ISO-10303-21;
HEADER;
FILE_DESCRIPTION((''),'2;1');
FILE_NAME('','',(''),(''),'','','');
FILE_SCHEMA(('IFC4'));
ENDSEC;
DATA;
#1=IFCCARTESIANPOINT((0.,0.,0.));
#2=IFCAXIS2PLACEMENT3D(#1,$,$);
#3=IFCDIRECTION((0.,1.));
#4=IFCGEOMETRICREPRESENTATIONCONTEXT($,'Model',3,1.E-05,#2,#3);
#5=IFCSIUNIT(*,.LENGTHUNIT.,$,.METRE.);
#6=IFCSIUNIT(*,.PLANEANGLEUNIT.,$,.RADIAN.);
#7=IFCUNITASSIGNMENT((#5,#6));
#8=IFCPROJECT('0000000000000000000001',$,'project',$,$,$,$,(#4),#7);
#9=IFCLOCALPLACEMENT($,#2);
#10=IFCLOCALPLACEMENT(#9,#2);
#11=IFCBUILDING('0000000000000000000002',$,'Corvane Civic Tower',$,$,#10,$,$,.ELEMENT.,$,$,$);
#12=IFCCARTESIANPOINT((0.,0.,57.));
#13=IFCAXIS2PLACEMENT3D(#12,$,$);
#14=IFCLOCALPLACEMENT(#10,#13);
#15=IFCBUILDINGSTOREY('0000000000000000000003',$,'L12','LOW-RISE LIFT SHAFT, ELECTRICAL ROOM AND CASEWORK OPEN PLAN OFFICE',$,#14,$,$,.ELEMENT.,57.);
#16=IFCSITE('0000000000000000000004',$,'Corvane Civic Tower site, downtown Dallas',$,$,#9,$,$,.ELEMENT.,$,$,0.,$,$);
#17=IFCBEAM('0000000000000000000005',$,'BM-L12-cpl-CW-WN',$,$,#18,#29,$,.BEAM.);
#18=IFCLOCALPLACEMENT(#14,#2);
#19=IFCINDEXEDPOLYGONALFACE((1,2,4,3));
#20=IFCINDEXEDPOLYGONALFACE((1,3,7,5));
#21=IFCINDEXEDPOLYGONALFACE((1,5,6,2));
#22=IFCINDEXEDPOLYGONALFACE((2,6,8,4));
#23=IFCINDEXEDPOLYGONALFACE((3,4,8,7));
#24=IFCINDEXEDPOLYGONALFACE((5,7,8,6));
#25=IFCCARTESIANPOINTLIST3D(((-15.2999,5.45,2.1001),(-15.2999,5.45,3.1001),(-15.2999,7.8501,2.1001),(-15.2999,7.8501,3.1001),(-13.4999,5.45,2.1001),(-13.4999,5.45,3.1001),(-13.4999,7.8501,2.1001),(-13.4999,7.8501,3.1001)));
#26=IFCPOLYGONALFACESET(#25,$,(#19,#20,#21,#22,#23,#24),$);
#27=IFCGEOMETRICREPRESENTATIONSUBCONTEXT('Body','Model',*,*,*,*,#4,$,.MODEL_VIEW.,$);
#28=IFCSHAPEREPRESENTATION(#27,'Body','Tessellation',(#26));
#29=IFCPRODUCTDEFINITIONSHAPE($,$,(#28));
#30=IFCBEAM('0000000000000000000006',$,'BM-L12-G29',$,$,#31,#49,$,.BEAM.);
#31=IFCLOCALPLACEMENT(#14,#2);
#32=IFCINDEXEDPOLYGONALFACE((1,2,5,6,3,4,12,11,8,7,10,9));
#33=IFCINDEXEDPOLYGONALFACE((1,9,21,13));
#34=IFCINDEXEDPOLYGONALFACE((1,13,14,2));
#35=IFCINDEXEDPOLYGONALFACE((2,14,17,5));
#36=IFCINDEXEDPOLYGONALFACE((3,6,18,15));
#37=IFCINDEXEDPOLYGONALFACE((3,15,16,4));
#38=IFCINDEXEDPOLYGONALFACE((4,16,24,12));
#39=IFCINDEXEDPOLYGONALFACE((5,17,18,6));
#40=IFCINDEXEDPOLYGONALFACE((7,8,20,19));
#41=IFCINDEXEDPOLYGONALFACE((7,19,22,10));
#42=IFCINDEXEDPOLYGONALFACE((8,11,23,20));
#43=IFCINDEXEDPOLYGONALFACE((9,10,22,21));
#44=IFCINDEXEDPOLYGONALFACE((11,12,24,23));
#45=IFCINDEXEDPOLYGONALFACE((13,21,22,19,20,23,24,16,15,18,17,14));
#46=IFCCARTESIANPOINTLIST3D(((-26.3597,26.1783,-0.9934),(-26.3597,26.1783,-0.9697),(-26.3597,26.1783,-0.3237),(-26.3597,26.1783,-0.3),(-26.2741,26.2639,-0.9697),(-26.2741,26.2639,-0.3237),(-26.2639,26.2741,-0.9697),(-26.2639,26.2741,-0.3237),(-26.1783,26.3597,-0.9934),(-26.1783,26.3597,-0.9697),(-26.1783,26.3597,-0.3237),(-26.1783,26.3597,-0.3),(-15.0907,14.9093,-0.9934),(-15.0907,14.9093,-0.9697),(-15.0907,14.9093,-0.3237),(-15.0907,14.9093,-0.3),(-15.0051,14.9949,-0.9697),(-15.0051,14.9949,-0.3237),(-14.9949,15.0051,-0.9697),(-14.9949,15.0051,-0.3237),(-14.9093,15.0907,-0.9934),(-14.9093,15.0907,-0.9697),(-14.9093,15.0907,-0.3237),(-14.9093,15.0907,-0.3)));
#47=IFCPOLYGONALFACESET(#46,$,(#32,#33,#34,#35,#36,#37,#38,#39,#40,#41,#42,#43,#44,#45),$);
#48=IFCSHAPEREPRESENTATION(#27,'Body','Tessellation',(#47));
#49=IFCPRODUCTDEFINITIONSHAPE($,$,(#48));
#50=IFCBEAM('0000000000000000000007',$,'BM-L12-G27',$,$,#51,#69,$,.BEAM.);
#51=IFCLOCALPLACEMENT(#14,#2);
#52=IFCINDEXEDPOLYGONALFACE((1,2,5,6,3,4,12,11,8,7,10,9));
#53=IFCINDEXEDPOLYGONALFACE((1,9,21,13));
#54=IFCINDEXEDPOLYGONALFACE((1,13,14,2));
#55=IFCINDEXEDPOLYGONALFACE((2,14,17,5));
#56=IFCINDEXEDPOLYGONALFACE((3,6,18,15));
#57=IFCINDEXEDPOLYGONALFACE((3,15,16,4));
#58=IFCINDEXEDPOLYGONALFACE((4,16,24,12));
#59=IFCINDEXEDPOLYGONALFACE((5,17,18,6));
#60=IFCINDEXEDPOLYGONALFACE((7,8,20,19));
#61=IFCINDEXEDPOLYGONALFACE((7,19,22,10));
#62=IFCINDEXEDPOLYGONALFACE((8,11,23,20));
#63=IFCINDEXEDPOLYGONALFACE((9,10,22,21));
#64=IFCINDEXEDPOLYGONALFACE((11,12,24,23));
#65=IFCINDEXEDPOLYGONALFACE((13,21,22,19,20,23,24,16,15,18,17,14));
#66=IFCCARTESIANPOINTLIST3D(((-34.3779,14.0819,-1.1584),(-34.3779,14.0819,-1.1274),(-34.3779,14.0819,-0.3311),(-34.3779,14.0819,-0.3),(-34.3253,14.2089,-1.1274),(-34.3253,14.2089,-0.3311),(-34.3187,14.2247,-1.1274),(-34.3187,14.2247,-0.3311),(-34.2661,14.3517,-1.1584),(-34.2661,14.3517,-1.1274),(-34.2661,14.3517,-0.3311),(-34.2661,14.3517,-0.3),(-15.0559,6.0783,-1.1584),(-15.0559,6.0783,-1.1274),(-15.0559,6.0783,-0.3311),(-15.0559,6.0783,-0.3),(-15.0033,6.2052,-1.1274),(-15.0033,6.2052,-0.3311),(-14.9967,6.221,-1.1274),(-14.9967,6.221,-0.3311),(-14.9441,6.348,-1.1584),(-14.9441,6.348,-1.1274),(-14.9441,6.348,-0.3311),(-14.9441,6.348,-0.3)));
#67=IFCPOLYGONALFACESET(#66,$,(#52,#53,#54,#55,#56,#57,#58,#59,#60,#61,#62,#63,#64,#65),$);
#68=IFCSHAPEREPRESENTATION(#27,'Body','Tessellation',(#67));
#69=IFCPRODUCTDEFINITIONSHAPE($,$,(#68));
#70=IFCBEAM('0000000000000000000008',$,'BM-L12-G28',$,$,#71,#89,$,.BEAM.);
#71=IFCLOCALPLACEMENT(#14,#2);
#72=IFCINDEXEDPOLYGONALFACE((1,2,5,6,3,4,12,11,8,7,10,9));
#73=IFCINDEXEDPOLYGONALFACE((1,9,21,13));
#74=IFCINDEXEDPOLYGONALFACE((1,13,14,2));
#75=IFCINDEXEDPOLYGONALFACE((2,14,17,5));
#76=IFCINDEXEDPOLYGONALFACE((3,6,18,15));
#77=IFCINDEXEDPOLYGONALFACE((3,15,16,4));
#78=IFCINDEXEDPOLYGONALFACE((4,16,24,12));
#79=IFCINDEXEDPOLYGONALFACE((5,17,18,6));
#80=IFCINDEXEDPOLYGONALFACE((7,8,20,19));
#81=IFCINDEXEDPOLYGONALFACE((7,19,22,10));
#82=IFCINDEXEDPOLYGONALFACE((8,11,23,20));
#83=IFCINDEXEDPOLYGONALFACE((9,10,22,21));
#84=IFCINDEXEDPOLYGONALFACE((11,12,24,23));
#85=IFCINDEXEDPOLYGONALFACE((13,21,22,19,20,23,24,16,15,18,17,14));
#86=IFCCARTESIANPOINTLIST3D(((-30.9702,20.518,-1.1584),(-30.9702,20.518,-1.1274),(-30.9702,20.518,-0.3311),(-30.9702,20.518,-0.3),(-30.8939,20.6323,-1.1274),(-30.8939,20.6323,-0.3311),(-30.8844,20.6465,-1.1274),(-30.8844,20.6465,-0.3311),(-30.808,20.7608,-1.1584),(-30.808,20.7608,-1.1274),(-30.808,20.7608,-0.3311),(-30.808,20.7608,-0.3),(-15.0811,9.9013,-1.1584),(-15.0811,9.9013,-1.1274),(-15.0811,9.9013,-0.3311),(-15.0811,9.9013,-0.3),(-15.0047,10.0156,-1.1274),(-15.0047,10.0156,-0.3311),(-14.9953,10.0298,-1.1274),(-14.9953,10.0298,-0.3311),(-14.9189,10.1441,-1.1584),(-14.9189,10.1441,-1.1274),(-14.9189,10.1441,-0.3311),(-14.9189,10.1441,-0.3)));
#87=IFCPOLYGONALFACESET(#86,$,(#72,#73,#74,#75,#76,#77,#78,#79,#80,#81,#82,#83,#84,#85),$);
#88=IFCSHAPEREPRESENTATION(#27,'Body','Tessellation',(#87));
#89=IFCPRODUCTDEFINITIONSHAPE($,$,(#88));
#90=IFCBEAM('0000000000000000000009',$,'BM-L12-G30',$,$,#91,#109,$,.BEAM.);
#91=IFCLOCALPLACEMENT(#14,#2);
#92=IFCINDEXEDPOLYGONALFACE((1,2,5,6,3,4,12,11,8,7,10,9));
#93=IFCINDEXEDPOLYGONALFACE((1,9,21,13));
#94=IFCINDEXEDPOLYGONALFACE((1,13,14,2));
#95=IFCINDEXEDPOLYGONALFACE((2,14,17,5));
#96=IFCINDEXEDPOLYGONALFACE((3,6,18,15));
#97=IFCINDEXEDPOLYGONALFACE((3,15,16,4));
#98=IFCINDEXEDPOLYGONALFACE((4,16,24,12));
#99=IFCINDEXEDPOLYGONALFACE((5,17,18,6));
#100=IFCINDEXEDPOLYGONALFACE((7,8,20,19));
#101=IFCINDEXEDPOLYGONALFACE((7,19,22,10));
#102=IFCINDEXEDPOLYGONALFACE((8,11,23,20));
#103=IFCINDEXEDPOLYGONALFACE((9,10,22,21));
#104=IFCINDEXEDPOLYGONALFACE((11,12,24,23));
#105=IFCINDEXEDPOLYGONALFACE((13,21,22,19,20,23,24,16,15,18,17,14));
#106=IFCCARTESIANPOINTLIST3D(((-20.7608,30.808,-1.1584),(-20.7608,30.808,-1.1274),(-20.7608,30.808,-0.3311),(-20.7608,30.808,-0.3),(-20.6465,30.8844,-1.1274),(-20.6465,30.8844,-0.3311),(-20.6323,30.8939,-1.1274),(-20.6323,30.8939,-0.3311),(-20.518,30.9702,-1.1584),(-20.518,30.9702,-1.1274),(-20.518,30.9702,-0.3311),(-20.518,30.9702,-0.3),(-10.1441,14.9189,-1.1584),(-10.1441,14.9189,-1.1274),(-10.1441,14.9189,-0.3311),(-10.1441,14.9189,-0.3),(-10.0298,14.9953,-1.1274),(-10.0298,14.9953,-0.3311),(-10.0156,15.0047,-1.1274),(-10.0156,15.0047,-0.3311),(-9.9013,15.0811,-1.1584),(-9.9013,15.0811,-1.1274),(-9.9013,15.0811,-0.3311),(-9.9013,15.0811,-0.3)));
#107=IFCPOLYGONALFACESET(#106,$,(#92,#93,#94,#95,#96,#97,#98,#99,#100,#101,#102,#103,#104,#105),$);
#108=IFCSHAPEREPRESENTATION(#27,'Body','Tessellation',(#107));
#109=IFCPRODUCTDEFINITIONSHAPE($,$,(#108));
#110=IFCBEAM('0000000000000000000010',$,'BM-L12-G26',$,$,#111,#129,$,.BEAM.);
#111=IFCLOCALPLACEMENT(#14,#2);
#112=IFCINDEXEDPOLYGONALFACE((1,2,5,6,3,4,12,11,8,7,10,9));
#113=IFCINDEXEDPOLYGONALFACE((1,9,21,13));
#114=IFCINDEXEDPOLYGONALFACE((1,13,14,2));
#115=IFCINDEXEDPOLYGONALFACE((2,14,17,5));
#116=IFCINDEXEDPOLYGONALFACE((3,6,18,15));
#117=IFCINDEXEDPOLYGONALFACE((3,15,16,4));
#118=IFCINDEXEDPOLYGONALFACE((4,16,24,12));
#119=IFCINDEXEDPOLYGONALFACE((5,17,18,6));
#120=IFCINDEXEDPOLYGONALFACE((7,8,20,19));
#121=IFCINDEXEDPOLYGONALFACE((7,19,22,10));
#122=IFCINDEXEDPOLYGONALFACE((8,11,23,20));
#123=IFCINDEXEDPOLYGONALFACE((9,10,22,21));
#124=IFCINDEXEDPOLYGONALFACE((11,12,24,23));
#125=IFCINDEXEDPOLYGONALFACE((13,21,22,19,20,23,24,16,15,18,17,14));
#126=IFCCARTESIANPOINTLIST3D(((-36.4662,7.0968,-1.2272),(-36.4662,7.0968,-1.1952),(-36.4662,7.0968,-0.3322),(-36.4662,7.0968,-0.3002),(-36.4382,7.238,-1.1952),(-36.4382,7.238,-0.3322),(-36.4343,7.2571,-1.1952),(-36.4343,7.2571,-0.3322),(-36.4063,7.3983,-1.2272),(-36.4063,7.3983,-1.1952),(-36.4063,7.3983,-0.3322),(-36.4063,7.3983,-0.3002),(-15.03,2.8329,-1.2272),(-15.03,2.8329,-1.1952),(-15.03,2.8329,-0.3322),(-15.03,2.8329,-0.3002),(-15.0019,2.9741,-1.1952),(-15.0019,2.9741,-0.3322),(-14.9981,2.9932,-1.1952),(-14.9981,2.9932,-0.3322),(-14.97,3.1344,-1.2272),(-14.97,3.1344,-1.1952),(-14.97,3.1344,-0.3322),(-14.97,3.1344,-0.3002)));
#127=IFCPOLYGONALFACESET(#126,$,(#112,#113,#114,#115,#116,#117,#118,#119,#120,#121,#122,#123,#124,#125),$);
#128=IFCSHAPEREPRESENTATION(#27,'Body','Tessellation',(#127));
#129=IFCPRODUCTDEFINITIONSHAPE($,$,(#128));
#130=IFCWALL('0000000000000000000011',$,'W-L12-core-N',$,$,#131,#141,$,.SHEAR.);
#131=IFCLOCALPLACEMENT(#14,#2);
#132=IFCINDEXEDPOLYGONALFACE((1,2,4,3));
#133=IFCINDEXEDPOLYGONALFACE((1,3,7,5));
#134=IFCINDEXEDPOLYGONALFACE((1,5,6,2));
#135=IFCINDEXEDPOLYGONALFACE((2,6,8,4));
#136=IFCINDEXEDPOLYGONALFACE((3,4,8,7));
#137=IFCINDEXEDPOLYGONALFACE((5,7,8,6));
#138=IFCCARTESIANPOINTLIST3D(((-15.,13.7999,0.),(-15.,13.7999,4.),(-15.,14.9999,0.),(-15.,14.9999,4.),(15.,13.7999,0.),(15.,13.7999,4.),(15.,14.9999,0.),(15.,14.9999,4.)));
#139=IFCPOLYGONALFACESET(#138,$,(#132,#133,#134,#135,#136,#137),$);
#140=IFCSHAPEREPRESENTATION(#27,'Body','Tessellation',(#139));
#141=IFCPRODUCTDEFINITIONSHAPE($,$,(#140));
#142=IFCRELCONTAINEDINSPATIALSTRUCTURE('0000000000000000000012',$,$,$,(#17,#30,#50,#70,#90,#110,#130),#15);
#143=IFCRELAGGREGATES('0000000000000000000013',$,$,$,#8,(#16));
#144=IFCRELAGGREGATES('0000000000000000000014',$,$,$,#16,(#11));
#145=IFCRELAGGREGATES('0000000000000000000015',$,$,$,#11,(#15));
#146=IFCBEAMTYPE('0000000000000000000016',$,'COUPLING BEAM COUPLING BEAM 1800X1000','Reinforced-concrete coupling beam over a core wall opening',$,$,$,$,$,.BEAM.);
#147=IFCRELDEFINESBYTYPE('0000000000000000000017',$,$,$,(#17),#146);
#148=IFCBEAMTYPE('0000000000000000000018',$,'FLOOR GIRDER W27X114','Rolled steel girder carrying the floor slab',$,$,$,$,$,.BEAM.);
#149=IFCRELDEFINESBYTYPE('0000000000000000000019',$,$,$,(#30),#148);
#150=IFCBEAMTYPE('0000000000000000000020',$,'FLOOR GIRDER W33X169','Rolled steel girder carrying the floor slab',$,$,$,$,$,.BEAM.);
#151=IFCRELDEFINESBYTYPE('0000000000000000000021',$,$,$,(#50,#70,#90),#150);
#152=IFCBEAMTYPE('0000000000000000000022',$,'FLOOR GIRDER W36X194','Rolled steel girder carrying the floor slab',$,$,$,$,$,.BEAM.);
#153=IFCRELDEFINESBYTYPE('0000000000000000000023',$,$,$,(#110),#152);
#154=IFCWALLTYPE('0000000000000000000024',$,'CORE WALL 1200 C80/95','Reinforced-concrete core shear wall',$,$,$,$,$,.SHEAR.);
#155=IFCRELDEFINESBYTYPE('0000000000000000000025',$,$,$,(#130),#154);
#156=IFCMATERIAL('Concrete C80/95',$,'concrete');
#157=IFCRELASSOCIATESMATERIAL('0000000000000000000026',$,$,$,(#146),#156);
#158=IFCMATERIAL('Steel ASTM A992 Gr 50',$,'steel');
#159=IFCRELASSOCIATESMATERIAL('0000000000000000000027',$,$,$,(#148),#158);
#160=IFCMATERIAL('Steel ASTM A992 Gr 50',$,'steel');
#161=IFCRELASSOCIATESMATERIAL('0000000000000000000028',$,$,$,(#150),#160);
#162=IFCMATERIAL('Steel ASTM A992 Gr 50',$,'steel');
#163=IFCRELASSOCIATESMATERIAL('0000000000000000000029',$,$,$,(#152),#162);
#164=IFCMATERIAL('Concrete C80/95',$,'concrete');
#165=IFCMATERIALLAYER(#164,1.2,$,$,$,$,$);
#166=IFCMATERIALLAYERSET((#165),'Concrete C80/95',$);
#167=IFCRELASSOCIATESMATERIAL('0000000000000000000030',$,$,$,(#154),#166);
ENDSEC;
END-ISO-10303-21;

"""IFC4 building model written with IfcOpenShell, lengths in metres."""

from ifc_helpers import new_model, si_unit, direction, frame, frame_2d, origin, origin_2d, place, context, subcontext, project, spatial, rectangle, i_section, extrude, material, layer, layer_set, material_profile, profile_set, type_object, element, save


model = new_model("IFC4")

# Units and contexts
model_context = context("Model", 3, precision=1e-05, world=origin(), true_north=direction((0.0, 1.0)))
body_context = subcontext(model_context, "Body", "Model", "MODEL_VIEW")
ifc_project = project(units=[si_unit("LENGTHUNIT", "METRE"), si_unit("PLANEANGLEUNIT", "RADIAN")], contexts=[model_context])

# Site, building, storey
site_placement = place(None, origin())
site = spatial("IfcSite", under=ifc_project, at=site_placement, Name="Corvane Civic Tower site, downtown Dallas", CompositionType="ELEMENT", RefElevation=0.0)
building_placement = place(site_placement, origin())
building = spatial("IfcBuilding", under=site, at=building_placement, Name="Corvane Civic Tower", CompositionType="ELEMENT")
storey_placement = place(building_placement, frame((0.0, 0.0, 57.0)))
storey = spatial("IfcBuildingStorey", under=building, at=storey_placement, Name="L12", Description="LOW-RISE LIFT SHAFT, ELECTRICAL ROOM AND CASEWORK OPEN PLAN OFFICE", CompositionType="ELEMENT", Elevation=57.0)

# Beams
ifc_material_1 = material(Name="Concrete C80/95", Category="concrete")
ifc_material_profile_1 = material_profile(ifc_material_1, rectangle(XDim=1.8, YDim=1.0, at=origin_2d()), Name="COUPLING BEAM 1800X1000")
ifc_profile_set_1 = profile_set([ifc_material_profile_1], Name="Concrete C80/95")
beam_type_1 = type_object("IfcBeamType", Name="COUPLING BEAM COUPLING BEAM 1800X1000", Description="Reinforced-concrete coupling beam over a core wall opening", PredefinedType="BEAM", material=ifc_profile_set_1)
beam_1_placement = place(storey_placement, frame((-14.3999, 5.45, 2.6001), z_axis=(0.0, 1.0, 0.0), x_axis=(-1.0, 0.0, 0.0)))
element("IfcBeam", 1, at=beam_1_placement, inside=storey, type_object=beam_type_1, Name="BM-L12-cpl-CW-WN", PredefinedType="BEAM", context=body_context, shape_type="SweptSolid", body=[
    extrude(rectangle(XDim=1.8, YDim=1.0, at=origin_2d()), origin(), (0.0, 0.0, 1.0), 2.4001),
])
ifc_material_2 = material(Name="Steel ASTM A992 Gr 50", Category="steel")
ifc_material_profile_2 = material_profile(ifc_material_2, i_section(OverallWidth=0.2566, OverallDepth=0.6934, WebThickness=0.0144, FlangeThickness=0.0237, at=origin_2d()), Name="W27X114")
ifc_profile_set_2 = profile_set([ifc_material_profile_2], Name="Steel ASTM A992 Gr 50")
beam_type_2 = type_object("IfcBeamType", Name="FLOOR GIRDER W27X114", Description="Rolled steel girder carrying the floor slab", PredefinedType="BEAM", material=ifc_profile_set_2)
beam_2_placement = place(storey_placement, frame((-15.0, 15.0, -0.6467), z_axis=(-0.707107, 0.707107, 0.0), x_axis=(-0.707107, -0.707107, 0.0)))
element("IfcBeam", 2, at=beam_2_placement, inside=storey, type_object=beam_type_2, Name="BM-L12-G29", PredefinedType="BEAM", context=body_context, shape_type="SweptSolid", body=[
    extrude(i_section(OverallWidth=0.2566, OverallDepth=0.6934, WebThickness=0.0144, FlangeThickness=0.0237, at=origin_2d()), origin(), (0.0, 0.0, 1.0), 15.9368),
])
ifc_material_3 = material(Name="Steel ASTM A992 Gr 50", Category="steel")
ifc_material_profile_3 = material_profile(ifc_material_3, i_section(OverallWidth=0.292, OverallDepth=0.8584, WebThickness=0.0171, FlangeThickness=0.031, at=origin_2d()), Name="W33X169")
ifc_profile_set_3 = profile_set([ifc_material_profile_3], Name="Steel ASTM A992 Gr 50")
beam_type_3 = type_object("IfcBeamType", Name="FLOOR GIRDER W33X169", Description="Rolled steel girder carrying the floor slab", PredefinedType="BEAM", material=ifc_profile_set_3)
beam_3_placement = place(storey_placement, frame((-15.0, 6.2131, -0.7292), z_axis=(-0.923876, 0.382692, 0.0), x_axis=(-0.382692, -0.923876, 0.0)))
element("IfcBeam", 3, at=beam_3_placement, inside=storey, type_object=beam_type_3, Name="BM-L12-G27", PredefinedType="BEAM", context=body_context, shape_type="SweptSolid", body=[
    extrude(i_section(OverallWidth=0.292, OverallDepth=0.8584, WebThickness=0.0171, FlangeThickness=0.031, at=origin_2d()), origin(), (0.0, 0.0, 1.0), 20.9141),
])
for number, where, z_axis, x_axis, name in (
    (4, (-15.0, 10.0227, -0.7292), (-0.831472, 0.555567, 0.0), (-0.555567, -0.831472, 0.0), "BM-L12-G28"),
    (5, (-10.0227, 15.0, -0.7292), (-0.555567, 0.831472, 0.0), (-0.831472, -0.555567, 0.0), "BM-L12-G30"),
):
    element("IfcBeam", number, at=place(storey_placement, frame(where, z_axis=z_axis, x_axis=x_axis)), inside=storey, type_object=beam_type_3, Name=name, PredefinedType="BEAM", context=body_context, shape_type="SweptSolid", body=[
        extrude(i_section(OverallWidth=0.292, OverallDepth=0.8584, WebThickness=0.0171, FlangeThickness=0.031, at=origin_2d()), origin(), (0.0, 0.0, 1.0), 19.1096),
    ])
ifc_material_4 = material(Name="Steel ASTM A992 Gr 50", Category="steel")
ifc_material_profile_4 = material_profile(ifc_material_4, i_section(OverallWidth=0.3074, OverallDepth=0.927, WebThickness=0.0195, FlangeThickness=0.032, at=origin_2d()), Name="W36X194")
ifc_profile_set_4 = profile_set([ifc_material_profile_4], Name="Steel ASTM A992 Gr 50")
beam_type_4 = type_object("IfcBeamType", Name="FLOOR GIRDER W36X194", Description="Rolled steel girder carrying the floor slab", PredefinedType="BEAM", material=ifc_profile_set_4)
beam_4_placement = place(storey_placement, frame((-15.0, 2.9836, -0.7637), z_axis=(-0.980785, 0.195089, 0.0), x_axis=(-0.195089, -0.980785, 0.0)))
element("IfcBeam", 6, at=beam_4_placement, inside=storey, type_object=beam_type_4, Name="BM-L12-G26", PredefinedType="BEAM", context=body_context, shape_type="SweptSolid", body=[
    extrude(i_section(OverallWidth=0.3074, OverallDepth=0.927, WebThickness=0.0195, FlangeThickness=0.032, at=origin_2d()), origin(), (0.0, 0.0, 1.0), 21.8562),
])

# Wall
ifc_material_5 = material(Name="Concrete C80/95", Category="concrete")
ifc_layer_1 = layer(ifc_material_5, 1.2)
ifc_layer_set_1 = layer_set([ifc_layer_1], Name="Concrete C80/95")
wall_type_1 = type_object("IfcWallType", Name="CORE WALL 1200 C80/95", Description="Reinforced-concrete core shear wall", PredefinedType="SHEAR", material=ifc_layer_set_1)
wall_1_placement = place(storey_placement, frame((-15.0, 14.3999, 0.0), z_axis=(0.0, 0.0, 1.0), x_axis=(1.0, 0.0, 0.0)))
element("IfcWall", 7, at=wall_1_placement, inside=storey, type_object=wall_type_1, Name="W-L12-core-N", PredefinedType="SHEAR", context=body_context, shape_type="SweptSolid", body=[
    extrude(rectangle(XDim=30.0, YDim=1.2, at=frame_2d((15.0, 0.0))), origin(), (0.0, 0.0, 1.0), 4.0),
])

save(model, "model.ifc")
